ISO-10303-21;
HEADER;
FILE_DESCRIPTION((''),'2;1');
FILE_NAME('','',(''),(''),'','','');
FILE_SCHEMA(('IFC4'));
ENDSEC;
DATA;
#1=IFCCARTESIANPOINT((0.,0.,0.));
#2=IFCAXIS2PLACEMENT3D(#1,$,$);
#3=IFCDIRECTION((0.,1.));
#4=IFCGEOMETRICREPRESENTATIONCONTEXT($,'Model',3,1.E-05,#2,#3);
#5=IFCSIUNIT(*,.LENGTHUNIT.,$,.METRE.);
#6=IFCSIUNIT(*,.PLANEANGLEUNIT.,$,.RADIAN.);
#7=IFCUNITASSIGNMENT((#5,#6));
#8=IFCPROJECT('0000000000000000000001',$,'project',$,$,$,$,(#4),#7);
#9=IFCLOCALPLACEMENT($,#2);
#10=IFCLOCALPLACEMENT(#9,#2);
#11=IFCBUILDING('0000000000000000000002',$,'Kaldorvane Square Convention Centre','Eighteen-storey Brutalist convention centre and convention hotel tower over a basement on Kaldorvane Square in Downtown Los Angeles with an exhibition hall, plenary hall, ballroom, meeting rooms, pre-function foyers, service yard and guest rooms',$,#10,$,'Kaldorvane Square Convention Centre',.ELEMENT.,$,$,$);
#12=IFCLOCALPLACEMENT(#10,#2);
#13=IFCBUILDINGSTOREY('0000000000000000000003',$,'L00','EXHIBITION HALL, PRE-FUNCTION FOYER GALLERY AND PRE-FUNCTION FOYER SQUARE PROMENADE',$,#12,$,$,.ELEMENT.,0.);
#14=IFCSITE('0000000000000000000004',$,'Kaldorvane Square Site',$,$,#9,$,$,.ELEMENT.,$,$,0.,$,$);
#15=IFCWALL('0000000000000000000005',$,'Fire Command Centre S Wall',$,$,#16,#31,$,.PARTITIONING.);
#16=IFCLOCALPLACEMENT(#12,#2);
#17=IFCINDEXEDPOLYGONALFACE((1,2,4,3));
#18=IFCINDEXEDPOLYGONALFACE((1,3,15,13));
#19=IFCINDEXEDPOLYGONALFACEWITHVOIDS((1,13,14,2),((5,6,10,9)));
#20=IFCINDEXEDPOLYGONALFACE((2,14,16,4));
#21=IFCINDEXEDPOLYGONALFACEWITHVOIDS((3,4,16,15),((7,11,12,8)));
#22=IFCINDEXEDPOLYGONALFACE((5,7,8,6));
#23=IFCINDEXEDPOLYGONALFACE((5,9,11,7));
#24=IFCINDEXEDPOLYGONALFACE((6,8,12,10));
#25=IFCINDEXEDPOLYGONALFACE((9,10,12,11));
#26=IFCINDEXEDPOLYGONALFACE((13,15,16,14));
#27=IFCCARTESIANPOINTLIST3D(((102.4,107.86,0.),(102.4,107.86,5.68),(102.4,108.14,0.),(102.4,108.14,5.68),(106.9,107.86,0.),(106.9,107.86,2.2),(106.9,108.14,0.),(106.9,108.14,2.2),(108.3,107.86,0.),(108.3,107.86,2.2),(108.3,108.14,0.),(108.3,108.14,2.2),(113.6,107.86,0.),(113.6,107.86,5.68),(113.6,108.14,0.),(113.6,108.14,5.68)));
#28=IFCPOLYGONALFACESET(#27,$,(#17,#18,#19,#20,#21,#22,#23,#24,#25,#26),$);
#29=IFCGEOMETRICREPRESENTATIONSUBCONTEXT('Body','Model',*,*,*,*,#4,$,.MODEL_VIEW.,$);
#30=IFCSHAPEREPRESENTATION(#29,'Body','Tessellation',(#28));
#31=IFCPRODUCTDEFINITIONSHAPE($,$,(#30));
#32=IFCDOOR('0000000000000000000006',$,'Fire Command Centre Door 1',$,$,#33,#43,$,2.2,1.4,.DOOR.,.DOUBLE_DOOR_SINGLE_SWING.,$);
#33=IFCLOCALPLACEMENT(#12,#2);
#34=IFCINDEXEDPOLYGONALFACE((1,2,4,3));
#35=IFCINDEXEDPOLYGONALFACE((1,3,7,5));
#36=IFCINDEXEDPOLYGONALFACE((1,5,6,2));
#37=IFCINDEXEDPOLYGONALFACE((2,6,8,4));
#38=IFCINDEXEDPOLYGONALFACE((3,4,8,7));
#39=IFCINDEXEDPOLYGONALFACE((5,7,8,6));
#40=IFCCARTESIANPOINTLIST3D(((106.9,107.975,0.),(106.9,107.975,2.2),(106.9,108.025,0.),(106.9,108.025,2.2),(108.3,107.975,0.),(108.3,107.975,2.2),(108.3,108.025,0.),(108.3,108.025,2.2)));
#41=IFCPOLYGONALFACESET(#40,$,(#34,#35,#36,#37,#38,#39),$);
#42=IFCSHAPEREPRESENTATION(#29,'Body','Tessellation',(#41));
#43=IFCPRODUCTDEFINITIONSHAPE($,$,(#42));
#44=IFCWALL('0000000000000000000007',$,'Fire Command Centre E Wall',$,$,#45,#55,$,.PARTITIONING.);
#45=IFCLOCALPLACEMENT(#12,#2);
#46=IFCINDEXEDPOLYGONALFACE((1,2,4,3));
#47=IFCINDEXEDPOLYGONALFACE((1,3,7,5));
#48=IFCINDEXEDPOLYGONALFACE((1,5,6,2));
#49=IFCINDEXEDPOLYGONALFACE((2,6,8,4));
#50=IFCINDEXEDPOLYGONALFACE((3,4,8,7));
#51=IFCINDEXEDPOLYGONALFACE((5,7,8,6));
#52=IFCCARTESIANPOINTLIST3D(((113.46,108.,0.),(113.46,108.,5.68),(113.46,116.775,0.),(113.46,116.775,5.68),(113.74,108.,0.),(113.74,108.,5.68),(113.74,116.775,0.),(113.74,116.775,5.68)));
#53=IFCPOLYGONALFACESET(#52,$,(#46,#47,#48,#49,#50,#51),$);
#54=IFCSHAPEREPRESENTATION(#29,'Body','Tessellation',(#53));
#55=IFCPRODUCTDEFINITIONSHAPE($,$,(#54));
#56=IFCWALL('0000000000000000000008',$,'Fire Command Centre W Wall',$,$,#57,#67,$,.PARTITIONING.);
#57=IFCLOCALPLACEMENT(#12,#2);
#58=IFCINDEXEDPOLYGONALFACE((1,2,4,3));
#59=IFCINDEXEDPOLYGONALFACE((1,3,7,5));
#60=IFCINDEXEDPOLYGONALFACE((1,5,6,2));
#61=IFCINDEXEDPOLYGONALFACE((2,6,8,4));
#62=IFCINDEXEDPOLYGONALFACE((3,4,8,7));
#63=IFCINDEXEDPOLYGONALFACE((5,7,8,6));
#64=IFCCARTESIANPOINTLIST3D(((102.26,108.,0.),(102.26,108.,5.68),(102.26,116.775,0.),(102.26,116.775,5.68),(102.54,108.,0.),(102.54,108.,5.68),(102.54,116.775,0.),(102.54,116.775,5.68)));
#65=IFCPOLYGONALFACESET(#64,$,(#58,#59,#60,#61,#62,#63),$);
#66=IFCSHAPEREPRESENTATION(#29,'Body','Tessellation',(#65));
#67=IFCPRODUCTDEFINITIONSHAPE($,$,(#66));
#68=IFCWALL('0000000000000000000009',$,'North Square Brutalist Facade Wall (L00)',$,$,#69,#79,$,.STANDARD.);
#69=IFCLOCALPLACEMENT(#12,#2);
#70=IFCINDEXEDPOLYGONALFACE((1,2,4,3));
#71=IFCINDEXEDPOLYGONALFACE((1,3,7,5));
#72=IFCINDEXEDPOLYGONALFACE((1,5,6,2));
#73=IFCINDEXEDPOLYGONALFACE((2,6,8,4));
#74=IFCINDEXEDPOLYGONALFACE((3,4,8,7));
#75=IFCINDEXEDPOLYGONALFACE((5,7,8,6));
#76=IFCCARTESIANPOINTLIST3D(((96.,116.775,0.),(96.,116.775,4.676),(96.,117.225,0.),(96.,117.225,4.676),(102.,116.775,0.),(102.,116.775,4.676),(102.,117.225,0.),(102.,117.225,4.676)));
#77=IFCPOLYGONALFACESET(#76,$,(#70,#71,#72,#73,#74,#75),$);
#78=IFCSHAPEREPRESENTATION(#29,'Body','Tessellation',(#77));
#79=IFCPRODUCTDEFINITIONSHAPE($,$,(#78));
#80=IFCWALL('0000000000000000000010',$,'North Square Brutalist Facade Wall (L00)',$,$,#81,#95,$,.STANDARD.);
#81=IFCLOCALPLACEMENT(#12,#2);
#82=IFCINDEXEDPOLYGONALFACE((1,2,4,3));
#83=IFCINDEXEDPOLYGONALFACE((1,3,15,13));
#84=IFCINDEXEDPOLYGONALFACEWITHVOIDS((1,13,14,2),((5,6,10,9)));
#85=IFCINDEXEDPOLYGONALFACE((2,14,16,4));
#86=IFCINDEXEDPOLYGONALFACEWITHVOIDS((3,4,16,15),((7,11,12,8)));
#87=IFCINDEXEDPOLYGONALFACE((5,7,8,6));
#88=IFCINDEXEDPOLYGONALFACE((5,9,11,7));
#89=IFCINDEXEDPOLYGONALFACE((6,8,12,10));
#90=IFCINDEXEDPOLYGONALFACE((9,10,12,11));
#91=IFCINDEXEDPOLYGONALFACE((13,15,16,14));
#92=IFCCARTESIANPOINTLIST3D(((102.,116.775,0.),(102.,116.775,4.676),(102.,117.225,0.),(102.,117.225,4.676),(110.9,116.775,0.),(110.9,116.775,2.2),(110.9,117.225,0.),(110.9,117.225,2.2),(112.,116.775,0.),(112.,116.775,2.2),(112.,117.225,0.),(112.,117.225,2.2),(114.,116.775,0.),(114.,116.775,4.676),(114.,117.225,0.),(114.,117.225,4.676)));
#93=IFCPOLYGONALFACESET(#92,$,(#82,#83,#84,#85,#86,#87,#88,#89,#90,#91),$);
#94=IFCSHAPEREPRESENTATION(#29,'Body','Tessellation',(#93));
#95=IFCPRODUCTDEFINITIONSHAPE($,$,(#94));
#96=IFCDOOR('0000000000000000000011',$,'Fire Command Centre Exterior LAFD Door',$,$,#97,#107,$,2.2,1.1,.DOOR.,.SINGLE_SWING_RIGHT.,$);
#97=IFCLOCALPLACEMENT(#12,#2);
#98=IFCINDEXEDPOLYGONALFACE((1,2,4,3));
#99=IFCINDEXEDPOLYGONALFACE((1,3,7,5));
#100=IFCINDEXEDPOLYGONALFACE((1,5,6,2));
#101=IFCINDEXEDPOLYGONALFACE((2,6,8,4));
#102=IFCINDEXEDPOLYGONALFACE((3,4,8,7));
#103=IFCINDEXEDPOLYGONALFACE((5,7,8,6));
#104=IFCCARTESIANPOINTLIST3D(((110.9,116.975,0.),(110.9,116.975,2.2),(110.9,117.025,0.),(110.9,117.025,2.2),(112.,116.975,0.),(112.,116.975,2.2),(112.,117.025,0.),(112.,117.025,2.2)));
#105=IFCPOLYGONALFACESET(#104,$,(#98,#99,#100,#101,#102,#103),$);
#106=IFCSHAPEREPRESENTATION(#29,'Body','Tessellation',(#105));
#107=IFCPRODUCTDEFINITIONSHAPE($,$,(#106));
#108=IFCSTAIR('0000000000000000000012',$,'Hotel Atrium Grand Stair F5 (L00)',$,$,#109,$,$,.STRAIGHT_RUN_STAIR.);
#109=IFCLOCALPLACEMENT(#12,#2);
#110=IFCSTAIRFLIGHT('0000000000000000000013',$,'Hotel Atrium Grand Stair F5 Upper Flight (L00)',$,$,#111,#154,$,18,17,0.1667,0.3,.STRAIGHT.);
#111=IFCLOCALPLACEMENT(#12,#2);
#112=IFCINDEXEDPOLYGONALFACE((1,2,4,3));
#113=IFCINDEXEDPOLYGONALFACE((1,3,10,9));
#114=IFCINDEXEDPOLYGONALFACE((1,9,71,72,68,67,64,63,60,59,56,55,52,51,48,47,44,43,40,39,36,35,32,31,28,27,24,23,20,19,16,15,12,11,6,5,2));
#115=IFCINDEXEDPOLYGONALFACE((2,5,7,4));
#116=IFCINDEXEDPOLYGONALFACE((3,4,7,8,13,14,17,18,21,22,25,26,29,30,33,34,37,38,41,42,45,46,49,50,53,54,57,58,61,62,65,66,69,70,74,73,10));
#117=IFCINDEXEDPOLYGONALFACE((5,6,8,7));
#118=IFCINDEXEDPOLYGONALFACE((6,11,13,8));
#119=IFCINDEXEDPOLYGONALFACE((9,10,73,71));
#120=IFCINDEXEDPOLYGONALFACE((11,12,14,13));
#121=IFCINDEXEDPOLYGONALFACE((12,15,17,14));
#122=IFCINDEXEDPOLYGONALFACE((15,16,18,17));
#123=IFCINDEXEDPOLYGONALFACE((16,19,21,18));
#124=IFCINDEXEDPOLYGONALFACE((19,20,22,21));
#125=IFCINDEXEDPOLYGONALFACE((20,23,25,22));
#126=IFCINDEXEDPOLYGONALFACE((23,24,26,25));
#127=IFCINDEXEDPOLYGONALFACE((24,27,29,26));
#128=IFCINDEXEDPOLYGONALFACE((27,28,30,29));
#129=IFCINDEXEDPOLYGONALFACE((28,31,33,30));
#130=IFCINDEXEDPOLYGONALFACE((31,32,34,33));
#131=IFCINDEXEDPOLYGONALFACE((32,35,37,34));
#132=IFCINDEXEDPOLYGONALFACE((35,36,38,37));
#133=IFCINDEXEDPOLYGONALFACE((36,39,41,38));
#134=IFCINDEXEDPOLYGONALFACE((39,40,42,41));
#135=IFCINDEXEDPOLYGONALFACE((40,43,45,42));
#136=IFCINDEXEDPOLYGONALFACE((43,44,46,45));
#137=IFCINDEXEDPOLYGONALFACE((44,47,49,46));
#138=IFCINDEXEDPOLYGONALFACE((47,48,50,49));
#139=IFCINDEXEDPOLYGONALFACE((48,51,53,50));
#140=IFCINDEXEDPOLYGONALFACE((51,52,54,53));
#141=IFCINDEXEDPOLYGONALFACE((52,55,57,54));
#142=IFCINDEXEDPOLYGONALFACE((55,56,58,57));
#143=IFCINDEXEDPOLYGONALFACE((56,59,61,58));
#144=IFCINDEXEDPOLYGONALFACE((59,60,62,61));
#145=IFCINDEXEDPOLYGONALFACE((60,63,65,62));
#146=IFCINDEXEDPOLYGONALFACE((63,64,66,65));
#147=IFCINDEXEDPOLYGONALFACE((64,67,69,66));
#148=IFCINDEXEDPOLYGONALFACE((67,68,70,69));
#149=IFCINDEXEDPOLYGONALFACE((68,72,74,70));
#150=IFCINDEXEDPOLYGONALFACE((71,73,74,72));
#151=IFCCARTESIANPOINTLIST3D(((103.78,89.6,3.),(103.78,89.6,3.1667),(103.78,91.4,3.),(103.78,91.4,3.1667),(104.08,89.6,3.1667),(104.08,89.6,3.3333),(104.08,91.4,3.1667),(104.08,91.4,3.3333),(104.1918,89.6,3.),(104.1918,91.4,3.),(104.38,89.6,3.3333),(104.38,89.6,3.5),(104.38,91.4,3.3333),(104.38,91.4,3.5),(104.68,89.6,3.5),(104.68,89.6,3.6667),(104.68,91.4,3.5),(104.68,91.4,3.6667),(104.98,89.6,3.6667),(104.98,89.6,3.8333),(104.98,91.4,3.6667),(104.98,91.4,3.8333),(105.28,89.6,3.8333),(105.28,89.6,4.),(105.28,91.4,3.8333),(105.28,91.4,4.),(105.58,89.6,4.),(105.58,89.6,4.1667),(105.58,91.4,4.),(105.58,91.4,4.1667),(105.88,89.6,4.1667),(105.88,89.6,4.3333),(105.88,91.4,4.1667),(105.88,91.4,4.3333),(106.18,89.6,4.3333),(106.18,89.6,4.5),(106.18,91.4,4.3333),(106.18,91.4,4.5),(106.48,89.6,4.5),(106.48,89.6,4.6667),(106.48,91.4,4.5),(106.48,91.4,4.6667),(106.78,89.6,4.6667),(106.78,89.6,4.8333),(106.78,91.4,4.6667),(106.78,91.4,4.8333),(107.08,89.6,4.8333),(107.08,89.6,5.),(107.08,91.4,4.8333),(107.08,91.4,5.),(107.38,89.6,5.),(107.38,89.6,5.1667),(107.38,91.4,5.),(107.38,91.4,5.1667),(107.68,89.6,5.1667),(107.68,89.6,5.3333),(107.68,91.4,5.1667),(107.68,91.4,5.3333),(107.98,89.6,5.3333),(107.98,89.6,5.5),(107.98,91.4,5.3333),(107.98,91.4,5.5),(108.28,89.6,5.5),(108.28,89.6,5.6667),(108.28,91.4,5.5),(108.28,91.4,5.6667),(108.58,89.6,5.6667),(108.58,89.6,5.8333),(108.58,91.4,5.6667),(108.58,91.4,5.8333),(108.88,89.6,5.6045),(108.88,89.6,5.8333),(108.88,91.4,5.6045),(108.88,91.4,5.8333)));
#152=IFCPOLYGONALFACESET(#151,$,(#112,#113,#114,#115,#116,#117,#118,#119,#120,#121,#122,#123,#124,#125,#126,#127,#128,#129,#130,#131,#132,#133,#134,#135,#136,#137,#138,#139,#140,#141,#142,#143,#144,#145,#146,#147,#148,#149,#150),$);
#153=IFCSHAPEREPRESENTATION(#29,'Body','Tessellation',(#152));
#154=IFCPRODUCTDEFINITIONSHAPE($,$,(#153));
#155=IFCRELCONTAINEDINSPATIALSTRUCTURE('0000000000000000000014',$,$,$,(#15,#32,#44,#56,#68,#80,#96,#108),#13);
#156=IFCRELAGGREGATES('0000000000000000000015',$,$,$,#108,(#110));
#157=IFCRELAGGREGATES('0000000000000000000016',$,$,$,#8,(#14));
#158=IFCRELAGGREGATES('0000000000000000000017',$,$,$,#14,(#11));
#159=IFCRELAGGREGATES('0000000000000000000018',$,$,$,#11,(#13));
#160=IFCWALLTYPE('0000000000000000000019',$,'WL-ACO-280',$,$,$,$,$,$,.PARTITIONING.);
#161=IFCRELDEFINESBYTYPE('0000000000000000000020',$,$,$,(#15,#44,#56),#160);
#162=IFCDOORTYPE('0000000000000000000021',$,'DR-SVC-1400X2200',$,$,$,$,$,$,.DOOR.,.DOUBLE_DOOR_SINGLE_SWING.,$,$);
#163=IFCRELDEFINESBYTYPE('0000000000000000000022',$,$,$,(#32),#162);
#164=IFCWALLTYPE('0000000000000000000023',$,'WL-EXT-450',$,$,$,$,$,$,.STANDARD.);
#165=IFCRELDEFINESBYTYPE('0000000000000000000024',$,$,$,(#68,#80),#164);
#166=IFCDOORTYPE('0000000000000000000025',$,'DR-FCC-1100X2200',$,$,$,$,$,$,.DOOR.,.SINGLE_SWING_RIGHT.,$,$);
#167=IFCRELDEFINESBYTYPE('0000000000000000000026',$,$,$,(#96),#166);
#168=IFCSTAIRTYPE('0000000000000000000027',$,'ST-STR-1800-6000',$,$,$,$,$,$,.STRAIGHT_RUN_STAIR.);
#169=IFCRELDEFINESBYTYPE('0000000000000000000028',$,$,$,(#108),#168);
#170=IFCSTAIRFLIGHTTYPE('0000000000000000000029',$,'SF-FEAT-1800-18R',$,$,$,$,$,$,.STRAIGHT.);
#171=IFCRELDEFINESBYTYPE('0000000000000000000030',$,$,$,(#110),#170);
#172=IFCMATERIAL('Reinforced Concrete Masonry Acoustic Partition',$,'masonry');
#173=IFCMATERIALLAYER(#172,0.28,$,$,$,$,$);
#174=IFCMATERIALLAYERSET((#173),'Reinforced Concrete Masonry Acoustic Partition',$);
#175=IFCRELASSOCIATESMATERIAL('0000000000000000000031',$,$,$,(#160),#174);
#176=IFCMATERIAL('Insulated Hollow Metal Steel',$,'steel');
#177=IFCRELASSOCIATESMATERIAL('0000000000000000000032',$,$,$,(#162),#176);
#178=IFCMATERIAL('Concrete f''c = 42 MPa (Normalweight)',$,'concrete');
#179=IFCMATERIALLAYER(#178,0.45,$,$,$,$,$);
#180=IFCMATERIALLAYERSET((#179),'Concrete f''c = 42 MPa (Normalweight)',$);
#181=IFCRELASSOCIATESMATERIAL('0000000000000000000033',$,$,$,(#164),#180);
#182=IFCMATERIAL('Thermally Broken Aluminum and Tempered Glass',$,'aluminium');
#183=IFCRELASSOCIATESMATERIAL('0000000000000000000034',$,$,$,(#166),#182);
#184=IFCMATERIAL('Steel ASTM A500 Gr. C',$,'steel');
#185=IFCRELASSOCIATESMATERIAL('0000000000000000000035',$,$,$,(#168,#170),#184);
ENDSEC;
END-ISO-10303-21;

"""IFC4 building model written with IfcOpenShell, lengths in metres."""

from ifc_helpers import new_model, si_unit, direction, frame, frame_2d, origin, place, context, subcontext, project, spatial, polyline, rectangle, outline, extrude, material, layer, layer_set, type_object, element, fill, aggregate, save


model = new_model("IFC4")

# Units and contexts
model_context = context("Model", 3, precision=1e-05, world=origin(), true_north=direction((0.0, 1.0)))
body_context = subcontext(model_context, "Body", "Model", "MODEL_VIEW")
ifc_project = project(units=[si_unit("LENGTHUNIT", "METRE"), si_unit("PLANEANGLEUNIT", "RADIAN")], contexts=[model_context])

# Site, building, storey
site_placement = place(None, origin())
site = spatial("IfcSite", under=ifc_project, at=site_placement, Name="Kaldorvane Square Site", CompositionType="ELEMENT", RefElevation=0.0)
building_placement = place(site_placement, origin())
building = spatial("IfcBuilding", under=site, at=building_placement, Name="Kaldorvane Square Convention Centre", Description="Eighteen-storey Brutalist convention centre and convention hotel tower over a basement on Kaldorvane Square in Downtown Los Angeles with an exhibition hall, plenary hall, ballroom, meeting rooms, pre-function foyers, service yard and guest rooms", LongName="Kaldorvane Square Convention Centre", CompositionType="ELEMENT")
storey_placement = place(building_placement, origin())
storey = spatial("IfcBuildingStorey", under=building, at=storey_placement, Name="L00", Description="EXHIBITION HALL, PRE-FUNCTION FOYER GALLERY AND PRE-FUNCTION FOYER SQUARE PROMENADE", CompositionType="ELEMENT", Elevation=0.0)

# Shared definitions
ifc_material_1 = material(Name="Concrete f'c = 42 MPa (Normalweight)", Category="concrete")

# Wall, opening, door
ifc_material_2 = material(Name="Reinforced Concrete Masonry Acoustic Partition", Category="masonry")
ifc_layer_1 = layer(ifc_material_2, 0.28)
ifc_layer_set_1 = layer_set([ifc_layer_1], Name="Reinforced Concrete Masonry Acoustic Partition")
wall_type_1 = type_object("IfcWallType", Name="WL-ACO-280", PredefinedType="PARTITIONING", material=ifc_layer_set_1)
wall_1_placement = place(storey_placement, frame((102.4, 108.0, 0.0), z_axis=(0.0, 0.0, 1.0), x_axis=(1.0, 0.0, 0.0)))
wall_1 = element("IfcWall", 1, at=wall_1_placement, inside=storey, type_object=wall_type_1, Name="Fire Command Centre S Wall", PredefinedType="PARTITIONING", context=body_context, shape_type="SweptSolid", body=[
    extrude(rectangle(XDim=11.2, YDim=0.28, at=frame_2d((5.6, 0.0))), origin(), (0.0, 0.0, 1.0), 5.68),
])
opening_1_placement = place(wall_1_placement, frame((4.5, 0.0, 0.0)))
opening_1 = element("IfcOpeningElement", 2, at=opening_1_placement, cuts=wall_1, PredefinedType="OPENING", context=body_context, shape_type="SweptSolid", body=[
    extrude(rectangle(XDim=1.4, YDim=2.2, at=frame_2d((0.7, 1.1))), frame((0.0, 0.155, 0.0), z_axis=(0.0, -1.0, 0.0), x_axis=(1.0, 0.0, 0.0)), (0.0, 0.0, 1.0), 0.31),
])
ifc_material_3 = material(Name="Insulated Hollow Metal Steel", Category="steel")
door_type_1 = type_object("IfcDoorType", Name="DR-SVC-1400X2200", OperationType="DOUBLE_DOOR_SINGLE_SWING", PredefinedType="DOOR", material=ifc_material_3)
door_1_placement = place(opening_1_placement, origin())
door_1 = element("IfcDoor", 3, at=door_1_placement, inside=storey, type_object=door_type_1, Name="Fire Command Centre Door 1", OperationType="DOUBLE_DOOR_SINGLE_SWING", OverallHeight=2.2, OverallWidth=1.4, PredefinedType="DOOR", context=body_context, shape_type="SweptSolid", body=[
    extrude(rectangle(XDim=1.4, YDim=2.2, at=frame_2d((0.7, 1.1))), frame((0.0, 0.025, 0.0), z_axis=(0.0, -1.0, 0.0), x_axis=(1.0, 0.0, 0.0)), (0.0, 0.0, 1.0), 0.05),
])
fill(opening_1, door_1)

# Walls
for number, where, z_axis, x_axis, name in (
    (4, (113.6, 108.0, 0.0), (0.0, 0.0, 1.0), (0.0, 1.0, 0.0), "Fire Command Centre E Wall"),
    (5, (102.4, 116.775, 0.0), (0.0, 0.0, 1.0), (0.0, -1.0, 0.0), "Fire Command Centre W Wall"),
):
    element("IfcWall", number, at=place(storey_placement, frame(where, z_axis=z_axis, x_axis=x_axis)), inside=storey, type_object=wall_type_1, Name=name, PredefinedType="PARTITIONING", context=body_context, shape_type="SweptSolid", body=[
        extrude(rectangle(XDim=8.775, YDim=0.28, at=frame_2d((4.3875, 0.0))), origin(), (0.0, 0.0, 1.0), 5.68),
    ])
ifc_layer_2 = layer(ifc_material_1, 0.45)
ifc_layer_set_2 = layer_set([ifc_layer_2], Name="Concrete f'c = 42 MPa (Normalweight)")
wall_type_2 = type_object("IfcWallType", Name="WL-EXT-450", PredefinedType="STANDARD", material=ifc_layer_set_2)
wall_2_placement = place(storey_placement, frame((102.0, 117.0, 0.0), z_axis=(0.0, 0.0, 1.0), x_axis=(-1.0, 0.0, 0.0)))
element("IfcWall", 6, at=wall_2_placement, inside=storey, type_object=wall_type_2, Name="North Square Brutalist Facade Wall (L00)", PredefinedType="STANDARD", context=body_context, shape_type="SweptSolid", body=[
    extrude(rectangle(XDim=6.0, YDim=0.45, at=frame_2d((3.0, 0.0))), origin(), (0.0, 0.0, 1.0), 4.676),
])

# Wall, opening, door
wall_3_placement = place(storey_placement, frame((114.0, 117.0, 0.0), z_axis=(0.0, 0.0, 1.0), x_axis=(-1.0, 0.0, 0.0)))
wall_3 = element("IfcWall", 7, at=wall_3_placement, inside=storey, type_object=wall_type_2, Name="North Square Brutalist Facade Wall (L00)", PredefinedType="STANDARD", context=body_context, shape_type="SweptSolid", body=[
    extrude(rectangle(XDim=12.0, YDim=0.45, at=frame_2d((6.0, 0.0))), origin(), (0.0, 0.0, 1.0), 4.676),
])
opening_2_placement = place(wall_3_placement, frame((2.0, 0.0, 0.0)))
opening_2 = element("IfcOpeningElement", 8, at=opening_2_placement, cuts=wall_3, PredefinedType="OPENING", context=body_context, shape_type="SweptSolid", body=[
    extrude(rectangle(XDim=1.1, YDim=2.2, at=frame_2d((0.55, 1.1))), frame((0.0, 0.24, 0.0), z_axis=(0.0, -1.0, 0.0), x_axis=(1.0, 0.0, 0.0)), (0.0, 0.0, 1.0), 0.48),
])
ifc_material_4 = material(Name="Thermally Broken Aluminum and Tempered Glass", Category="aluminium")
door_type_2 = type_object("IfcDoorType", Name="DR-FCC-1100X2200", OperationType="SINGLE_SWING_RIGHT", PredefinedType="DOOR", material=ifc_material_4)
door_2_placement = place(opening_2_placement, origin())
door_2 = element("IfcDoor", 9, at=door_2_placement, inside=storey, type_object=door_type_2, Name="Fire Command Centre Exterior LAFD Door", OperationType="SINGLE_SWING_RIGHT", OverallHeight=2.2, OverallWidth=1.1, PredefinedType="DOOR", context=body_context, shape_type="SweptSolid", body=[
    extrude(rectangle(XDim=1.1, YDim=2.2, at=frame_2d((0.55, 1.1))), frame((0.0, 0.025, 0.0), z_axis=(0.0, -1.0, 0.0), x_axis=(1.0, 0.0, 0.0)), (0.0, 0.0, 1.0), 0.05),
])
fill(opening_2, door_2)

# Stair, stair flight
ifc_material_5 = material(Name="Steel ASTM A500 Gr. C", Category="steel")
stair_type = type_object("IfcStairType", Name="ST-STR-1800-6000", PredefinedType="STRAIGHT_RUN_STAIR", material=ifc_material_5)
stair_placement = place(storey_placement, origin())
stair = element("IfcStair", 10, at=stair_placement, inside=storey, type_object=stair_type, Name="Hotel Atrium Grand Stair F5 (L00)", PredefinedType="STRAIGHT_RUN_STAIR")
stair_flight_type = type_object("IfcStairFlightType", Name="SF-FEAT-1800-18R", PredefinedType="STRAIGHT", material=ifc_material_5)
stair_flight_placement = place(storey_placement, frame((103.78, 90.5, 3.0), z_axis=(0.0, 0.0, 1.0), x_axis=(1.0, 0.0, 0.0)))
stair_flight = element("IfcStairFlight", 11, at=stair_flight_placement, type_object=stair_flight_type, Name="Hotel Atrium Grand Stair F5 Upper Flight (L00)", NumberOfRisers=18, NumberOfTreads=17, PredefinedType="STRAIGHT", RiserHeight=0.1667, TreadLength=0.3, context=body_context, shape_type="SweptSolid", body=[
    extrude(outline(polyline([(0.0, 0.0), (0.0, 0.1667), (0.3, 0.1667), (0.3, 0.3333), (0.6, 0.3333), (0.6, 0.5), (0.9, 0.5), (0.9, 0.6667), (1.2, 0.6667), (1.2, 0.8333), (1.5, 0.8333), (1.5, 1.0), (1.8, 1.0), (1.8, 1.1667), (2.1, 1.1667), (2.1, 1.3333), (2.4, 1.3333), (2.4, 1.5), (2.7, 1.5), (2.7, 1.6667), (3.0, 1.6667), (3.0, 1.8333), (3.3, 1.8333), (3.3, 2.0), (3.6, 2.0), (3.6, 2.1667), (3.9, 2.1667), (3.9, 2.3333), (4.2, 2.3333), (4.2, 2.5), (4.5, 2.5), (4.5, 2.6667), (4.8, 2.6667), (4.8, 2.8333), (5.1, 2.8333), (5.1, 3.0), (5.1, 2.6045), (0.4118, 0.0), (0.0, 0.0)])), frame((0.0, 0.9, 0.0), z_axis=(0.0, -1.0, 0.0), x_axis=(1.0, 0.0, 0.0)), (0.0, 0.0, 1.0), 1.8),
])
aggregate(stair, [stair_flight])

save(model, "model.ifc")
